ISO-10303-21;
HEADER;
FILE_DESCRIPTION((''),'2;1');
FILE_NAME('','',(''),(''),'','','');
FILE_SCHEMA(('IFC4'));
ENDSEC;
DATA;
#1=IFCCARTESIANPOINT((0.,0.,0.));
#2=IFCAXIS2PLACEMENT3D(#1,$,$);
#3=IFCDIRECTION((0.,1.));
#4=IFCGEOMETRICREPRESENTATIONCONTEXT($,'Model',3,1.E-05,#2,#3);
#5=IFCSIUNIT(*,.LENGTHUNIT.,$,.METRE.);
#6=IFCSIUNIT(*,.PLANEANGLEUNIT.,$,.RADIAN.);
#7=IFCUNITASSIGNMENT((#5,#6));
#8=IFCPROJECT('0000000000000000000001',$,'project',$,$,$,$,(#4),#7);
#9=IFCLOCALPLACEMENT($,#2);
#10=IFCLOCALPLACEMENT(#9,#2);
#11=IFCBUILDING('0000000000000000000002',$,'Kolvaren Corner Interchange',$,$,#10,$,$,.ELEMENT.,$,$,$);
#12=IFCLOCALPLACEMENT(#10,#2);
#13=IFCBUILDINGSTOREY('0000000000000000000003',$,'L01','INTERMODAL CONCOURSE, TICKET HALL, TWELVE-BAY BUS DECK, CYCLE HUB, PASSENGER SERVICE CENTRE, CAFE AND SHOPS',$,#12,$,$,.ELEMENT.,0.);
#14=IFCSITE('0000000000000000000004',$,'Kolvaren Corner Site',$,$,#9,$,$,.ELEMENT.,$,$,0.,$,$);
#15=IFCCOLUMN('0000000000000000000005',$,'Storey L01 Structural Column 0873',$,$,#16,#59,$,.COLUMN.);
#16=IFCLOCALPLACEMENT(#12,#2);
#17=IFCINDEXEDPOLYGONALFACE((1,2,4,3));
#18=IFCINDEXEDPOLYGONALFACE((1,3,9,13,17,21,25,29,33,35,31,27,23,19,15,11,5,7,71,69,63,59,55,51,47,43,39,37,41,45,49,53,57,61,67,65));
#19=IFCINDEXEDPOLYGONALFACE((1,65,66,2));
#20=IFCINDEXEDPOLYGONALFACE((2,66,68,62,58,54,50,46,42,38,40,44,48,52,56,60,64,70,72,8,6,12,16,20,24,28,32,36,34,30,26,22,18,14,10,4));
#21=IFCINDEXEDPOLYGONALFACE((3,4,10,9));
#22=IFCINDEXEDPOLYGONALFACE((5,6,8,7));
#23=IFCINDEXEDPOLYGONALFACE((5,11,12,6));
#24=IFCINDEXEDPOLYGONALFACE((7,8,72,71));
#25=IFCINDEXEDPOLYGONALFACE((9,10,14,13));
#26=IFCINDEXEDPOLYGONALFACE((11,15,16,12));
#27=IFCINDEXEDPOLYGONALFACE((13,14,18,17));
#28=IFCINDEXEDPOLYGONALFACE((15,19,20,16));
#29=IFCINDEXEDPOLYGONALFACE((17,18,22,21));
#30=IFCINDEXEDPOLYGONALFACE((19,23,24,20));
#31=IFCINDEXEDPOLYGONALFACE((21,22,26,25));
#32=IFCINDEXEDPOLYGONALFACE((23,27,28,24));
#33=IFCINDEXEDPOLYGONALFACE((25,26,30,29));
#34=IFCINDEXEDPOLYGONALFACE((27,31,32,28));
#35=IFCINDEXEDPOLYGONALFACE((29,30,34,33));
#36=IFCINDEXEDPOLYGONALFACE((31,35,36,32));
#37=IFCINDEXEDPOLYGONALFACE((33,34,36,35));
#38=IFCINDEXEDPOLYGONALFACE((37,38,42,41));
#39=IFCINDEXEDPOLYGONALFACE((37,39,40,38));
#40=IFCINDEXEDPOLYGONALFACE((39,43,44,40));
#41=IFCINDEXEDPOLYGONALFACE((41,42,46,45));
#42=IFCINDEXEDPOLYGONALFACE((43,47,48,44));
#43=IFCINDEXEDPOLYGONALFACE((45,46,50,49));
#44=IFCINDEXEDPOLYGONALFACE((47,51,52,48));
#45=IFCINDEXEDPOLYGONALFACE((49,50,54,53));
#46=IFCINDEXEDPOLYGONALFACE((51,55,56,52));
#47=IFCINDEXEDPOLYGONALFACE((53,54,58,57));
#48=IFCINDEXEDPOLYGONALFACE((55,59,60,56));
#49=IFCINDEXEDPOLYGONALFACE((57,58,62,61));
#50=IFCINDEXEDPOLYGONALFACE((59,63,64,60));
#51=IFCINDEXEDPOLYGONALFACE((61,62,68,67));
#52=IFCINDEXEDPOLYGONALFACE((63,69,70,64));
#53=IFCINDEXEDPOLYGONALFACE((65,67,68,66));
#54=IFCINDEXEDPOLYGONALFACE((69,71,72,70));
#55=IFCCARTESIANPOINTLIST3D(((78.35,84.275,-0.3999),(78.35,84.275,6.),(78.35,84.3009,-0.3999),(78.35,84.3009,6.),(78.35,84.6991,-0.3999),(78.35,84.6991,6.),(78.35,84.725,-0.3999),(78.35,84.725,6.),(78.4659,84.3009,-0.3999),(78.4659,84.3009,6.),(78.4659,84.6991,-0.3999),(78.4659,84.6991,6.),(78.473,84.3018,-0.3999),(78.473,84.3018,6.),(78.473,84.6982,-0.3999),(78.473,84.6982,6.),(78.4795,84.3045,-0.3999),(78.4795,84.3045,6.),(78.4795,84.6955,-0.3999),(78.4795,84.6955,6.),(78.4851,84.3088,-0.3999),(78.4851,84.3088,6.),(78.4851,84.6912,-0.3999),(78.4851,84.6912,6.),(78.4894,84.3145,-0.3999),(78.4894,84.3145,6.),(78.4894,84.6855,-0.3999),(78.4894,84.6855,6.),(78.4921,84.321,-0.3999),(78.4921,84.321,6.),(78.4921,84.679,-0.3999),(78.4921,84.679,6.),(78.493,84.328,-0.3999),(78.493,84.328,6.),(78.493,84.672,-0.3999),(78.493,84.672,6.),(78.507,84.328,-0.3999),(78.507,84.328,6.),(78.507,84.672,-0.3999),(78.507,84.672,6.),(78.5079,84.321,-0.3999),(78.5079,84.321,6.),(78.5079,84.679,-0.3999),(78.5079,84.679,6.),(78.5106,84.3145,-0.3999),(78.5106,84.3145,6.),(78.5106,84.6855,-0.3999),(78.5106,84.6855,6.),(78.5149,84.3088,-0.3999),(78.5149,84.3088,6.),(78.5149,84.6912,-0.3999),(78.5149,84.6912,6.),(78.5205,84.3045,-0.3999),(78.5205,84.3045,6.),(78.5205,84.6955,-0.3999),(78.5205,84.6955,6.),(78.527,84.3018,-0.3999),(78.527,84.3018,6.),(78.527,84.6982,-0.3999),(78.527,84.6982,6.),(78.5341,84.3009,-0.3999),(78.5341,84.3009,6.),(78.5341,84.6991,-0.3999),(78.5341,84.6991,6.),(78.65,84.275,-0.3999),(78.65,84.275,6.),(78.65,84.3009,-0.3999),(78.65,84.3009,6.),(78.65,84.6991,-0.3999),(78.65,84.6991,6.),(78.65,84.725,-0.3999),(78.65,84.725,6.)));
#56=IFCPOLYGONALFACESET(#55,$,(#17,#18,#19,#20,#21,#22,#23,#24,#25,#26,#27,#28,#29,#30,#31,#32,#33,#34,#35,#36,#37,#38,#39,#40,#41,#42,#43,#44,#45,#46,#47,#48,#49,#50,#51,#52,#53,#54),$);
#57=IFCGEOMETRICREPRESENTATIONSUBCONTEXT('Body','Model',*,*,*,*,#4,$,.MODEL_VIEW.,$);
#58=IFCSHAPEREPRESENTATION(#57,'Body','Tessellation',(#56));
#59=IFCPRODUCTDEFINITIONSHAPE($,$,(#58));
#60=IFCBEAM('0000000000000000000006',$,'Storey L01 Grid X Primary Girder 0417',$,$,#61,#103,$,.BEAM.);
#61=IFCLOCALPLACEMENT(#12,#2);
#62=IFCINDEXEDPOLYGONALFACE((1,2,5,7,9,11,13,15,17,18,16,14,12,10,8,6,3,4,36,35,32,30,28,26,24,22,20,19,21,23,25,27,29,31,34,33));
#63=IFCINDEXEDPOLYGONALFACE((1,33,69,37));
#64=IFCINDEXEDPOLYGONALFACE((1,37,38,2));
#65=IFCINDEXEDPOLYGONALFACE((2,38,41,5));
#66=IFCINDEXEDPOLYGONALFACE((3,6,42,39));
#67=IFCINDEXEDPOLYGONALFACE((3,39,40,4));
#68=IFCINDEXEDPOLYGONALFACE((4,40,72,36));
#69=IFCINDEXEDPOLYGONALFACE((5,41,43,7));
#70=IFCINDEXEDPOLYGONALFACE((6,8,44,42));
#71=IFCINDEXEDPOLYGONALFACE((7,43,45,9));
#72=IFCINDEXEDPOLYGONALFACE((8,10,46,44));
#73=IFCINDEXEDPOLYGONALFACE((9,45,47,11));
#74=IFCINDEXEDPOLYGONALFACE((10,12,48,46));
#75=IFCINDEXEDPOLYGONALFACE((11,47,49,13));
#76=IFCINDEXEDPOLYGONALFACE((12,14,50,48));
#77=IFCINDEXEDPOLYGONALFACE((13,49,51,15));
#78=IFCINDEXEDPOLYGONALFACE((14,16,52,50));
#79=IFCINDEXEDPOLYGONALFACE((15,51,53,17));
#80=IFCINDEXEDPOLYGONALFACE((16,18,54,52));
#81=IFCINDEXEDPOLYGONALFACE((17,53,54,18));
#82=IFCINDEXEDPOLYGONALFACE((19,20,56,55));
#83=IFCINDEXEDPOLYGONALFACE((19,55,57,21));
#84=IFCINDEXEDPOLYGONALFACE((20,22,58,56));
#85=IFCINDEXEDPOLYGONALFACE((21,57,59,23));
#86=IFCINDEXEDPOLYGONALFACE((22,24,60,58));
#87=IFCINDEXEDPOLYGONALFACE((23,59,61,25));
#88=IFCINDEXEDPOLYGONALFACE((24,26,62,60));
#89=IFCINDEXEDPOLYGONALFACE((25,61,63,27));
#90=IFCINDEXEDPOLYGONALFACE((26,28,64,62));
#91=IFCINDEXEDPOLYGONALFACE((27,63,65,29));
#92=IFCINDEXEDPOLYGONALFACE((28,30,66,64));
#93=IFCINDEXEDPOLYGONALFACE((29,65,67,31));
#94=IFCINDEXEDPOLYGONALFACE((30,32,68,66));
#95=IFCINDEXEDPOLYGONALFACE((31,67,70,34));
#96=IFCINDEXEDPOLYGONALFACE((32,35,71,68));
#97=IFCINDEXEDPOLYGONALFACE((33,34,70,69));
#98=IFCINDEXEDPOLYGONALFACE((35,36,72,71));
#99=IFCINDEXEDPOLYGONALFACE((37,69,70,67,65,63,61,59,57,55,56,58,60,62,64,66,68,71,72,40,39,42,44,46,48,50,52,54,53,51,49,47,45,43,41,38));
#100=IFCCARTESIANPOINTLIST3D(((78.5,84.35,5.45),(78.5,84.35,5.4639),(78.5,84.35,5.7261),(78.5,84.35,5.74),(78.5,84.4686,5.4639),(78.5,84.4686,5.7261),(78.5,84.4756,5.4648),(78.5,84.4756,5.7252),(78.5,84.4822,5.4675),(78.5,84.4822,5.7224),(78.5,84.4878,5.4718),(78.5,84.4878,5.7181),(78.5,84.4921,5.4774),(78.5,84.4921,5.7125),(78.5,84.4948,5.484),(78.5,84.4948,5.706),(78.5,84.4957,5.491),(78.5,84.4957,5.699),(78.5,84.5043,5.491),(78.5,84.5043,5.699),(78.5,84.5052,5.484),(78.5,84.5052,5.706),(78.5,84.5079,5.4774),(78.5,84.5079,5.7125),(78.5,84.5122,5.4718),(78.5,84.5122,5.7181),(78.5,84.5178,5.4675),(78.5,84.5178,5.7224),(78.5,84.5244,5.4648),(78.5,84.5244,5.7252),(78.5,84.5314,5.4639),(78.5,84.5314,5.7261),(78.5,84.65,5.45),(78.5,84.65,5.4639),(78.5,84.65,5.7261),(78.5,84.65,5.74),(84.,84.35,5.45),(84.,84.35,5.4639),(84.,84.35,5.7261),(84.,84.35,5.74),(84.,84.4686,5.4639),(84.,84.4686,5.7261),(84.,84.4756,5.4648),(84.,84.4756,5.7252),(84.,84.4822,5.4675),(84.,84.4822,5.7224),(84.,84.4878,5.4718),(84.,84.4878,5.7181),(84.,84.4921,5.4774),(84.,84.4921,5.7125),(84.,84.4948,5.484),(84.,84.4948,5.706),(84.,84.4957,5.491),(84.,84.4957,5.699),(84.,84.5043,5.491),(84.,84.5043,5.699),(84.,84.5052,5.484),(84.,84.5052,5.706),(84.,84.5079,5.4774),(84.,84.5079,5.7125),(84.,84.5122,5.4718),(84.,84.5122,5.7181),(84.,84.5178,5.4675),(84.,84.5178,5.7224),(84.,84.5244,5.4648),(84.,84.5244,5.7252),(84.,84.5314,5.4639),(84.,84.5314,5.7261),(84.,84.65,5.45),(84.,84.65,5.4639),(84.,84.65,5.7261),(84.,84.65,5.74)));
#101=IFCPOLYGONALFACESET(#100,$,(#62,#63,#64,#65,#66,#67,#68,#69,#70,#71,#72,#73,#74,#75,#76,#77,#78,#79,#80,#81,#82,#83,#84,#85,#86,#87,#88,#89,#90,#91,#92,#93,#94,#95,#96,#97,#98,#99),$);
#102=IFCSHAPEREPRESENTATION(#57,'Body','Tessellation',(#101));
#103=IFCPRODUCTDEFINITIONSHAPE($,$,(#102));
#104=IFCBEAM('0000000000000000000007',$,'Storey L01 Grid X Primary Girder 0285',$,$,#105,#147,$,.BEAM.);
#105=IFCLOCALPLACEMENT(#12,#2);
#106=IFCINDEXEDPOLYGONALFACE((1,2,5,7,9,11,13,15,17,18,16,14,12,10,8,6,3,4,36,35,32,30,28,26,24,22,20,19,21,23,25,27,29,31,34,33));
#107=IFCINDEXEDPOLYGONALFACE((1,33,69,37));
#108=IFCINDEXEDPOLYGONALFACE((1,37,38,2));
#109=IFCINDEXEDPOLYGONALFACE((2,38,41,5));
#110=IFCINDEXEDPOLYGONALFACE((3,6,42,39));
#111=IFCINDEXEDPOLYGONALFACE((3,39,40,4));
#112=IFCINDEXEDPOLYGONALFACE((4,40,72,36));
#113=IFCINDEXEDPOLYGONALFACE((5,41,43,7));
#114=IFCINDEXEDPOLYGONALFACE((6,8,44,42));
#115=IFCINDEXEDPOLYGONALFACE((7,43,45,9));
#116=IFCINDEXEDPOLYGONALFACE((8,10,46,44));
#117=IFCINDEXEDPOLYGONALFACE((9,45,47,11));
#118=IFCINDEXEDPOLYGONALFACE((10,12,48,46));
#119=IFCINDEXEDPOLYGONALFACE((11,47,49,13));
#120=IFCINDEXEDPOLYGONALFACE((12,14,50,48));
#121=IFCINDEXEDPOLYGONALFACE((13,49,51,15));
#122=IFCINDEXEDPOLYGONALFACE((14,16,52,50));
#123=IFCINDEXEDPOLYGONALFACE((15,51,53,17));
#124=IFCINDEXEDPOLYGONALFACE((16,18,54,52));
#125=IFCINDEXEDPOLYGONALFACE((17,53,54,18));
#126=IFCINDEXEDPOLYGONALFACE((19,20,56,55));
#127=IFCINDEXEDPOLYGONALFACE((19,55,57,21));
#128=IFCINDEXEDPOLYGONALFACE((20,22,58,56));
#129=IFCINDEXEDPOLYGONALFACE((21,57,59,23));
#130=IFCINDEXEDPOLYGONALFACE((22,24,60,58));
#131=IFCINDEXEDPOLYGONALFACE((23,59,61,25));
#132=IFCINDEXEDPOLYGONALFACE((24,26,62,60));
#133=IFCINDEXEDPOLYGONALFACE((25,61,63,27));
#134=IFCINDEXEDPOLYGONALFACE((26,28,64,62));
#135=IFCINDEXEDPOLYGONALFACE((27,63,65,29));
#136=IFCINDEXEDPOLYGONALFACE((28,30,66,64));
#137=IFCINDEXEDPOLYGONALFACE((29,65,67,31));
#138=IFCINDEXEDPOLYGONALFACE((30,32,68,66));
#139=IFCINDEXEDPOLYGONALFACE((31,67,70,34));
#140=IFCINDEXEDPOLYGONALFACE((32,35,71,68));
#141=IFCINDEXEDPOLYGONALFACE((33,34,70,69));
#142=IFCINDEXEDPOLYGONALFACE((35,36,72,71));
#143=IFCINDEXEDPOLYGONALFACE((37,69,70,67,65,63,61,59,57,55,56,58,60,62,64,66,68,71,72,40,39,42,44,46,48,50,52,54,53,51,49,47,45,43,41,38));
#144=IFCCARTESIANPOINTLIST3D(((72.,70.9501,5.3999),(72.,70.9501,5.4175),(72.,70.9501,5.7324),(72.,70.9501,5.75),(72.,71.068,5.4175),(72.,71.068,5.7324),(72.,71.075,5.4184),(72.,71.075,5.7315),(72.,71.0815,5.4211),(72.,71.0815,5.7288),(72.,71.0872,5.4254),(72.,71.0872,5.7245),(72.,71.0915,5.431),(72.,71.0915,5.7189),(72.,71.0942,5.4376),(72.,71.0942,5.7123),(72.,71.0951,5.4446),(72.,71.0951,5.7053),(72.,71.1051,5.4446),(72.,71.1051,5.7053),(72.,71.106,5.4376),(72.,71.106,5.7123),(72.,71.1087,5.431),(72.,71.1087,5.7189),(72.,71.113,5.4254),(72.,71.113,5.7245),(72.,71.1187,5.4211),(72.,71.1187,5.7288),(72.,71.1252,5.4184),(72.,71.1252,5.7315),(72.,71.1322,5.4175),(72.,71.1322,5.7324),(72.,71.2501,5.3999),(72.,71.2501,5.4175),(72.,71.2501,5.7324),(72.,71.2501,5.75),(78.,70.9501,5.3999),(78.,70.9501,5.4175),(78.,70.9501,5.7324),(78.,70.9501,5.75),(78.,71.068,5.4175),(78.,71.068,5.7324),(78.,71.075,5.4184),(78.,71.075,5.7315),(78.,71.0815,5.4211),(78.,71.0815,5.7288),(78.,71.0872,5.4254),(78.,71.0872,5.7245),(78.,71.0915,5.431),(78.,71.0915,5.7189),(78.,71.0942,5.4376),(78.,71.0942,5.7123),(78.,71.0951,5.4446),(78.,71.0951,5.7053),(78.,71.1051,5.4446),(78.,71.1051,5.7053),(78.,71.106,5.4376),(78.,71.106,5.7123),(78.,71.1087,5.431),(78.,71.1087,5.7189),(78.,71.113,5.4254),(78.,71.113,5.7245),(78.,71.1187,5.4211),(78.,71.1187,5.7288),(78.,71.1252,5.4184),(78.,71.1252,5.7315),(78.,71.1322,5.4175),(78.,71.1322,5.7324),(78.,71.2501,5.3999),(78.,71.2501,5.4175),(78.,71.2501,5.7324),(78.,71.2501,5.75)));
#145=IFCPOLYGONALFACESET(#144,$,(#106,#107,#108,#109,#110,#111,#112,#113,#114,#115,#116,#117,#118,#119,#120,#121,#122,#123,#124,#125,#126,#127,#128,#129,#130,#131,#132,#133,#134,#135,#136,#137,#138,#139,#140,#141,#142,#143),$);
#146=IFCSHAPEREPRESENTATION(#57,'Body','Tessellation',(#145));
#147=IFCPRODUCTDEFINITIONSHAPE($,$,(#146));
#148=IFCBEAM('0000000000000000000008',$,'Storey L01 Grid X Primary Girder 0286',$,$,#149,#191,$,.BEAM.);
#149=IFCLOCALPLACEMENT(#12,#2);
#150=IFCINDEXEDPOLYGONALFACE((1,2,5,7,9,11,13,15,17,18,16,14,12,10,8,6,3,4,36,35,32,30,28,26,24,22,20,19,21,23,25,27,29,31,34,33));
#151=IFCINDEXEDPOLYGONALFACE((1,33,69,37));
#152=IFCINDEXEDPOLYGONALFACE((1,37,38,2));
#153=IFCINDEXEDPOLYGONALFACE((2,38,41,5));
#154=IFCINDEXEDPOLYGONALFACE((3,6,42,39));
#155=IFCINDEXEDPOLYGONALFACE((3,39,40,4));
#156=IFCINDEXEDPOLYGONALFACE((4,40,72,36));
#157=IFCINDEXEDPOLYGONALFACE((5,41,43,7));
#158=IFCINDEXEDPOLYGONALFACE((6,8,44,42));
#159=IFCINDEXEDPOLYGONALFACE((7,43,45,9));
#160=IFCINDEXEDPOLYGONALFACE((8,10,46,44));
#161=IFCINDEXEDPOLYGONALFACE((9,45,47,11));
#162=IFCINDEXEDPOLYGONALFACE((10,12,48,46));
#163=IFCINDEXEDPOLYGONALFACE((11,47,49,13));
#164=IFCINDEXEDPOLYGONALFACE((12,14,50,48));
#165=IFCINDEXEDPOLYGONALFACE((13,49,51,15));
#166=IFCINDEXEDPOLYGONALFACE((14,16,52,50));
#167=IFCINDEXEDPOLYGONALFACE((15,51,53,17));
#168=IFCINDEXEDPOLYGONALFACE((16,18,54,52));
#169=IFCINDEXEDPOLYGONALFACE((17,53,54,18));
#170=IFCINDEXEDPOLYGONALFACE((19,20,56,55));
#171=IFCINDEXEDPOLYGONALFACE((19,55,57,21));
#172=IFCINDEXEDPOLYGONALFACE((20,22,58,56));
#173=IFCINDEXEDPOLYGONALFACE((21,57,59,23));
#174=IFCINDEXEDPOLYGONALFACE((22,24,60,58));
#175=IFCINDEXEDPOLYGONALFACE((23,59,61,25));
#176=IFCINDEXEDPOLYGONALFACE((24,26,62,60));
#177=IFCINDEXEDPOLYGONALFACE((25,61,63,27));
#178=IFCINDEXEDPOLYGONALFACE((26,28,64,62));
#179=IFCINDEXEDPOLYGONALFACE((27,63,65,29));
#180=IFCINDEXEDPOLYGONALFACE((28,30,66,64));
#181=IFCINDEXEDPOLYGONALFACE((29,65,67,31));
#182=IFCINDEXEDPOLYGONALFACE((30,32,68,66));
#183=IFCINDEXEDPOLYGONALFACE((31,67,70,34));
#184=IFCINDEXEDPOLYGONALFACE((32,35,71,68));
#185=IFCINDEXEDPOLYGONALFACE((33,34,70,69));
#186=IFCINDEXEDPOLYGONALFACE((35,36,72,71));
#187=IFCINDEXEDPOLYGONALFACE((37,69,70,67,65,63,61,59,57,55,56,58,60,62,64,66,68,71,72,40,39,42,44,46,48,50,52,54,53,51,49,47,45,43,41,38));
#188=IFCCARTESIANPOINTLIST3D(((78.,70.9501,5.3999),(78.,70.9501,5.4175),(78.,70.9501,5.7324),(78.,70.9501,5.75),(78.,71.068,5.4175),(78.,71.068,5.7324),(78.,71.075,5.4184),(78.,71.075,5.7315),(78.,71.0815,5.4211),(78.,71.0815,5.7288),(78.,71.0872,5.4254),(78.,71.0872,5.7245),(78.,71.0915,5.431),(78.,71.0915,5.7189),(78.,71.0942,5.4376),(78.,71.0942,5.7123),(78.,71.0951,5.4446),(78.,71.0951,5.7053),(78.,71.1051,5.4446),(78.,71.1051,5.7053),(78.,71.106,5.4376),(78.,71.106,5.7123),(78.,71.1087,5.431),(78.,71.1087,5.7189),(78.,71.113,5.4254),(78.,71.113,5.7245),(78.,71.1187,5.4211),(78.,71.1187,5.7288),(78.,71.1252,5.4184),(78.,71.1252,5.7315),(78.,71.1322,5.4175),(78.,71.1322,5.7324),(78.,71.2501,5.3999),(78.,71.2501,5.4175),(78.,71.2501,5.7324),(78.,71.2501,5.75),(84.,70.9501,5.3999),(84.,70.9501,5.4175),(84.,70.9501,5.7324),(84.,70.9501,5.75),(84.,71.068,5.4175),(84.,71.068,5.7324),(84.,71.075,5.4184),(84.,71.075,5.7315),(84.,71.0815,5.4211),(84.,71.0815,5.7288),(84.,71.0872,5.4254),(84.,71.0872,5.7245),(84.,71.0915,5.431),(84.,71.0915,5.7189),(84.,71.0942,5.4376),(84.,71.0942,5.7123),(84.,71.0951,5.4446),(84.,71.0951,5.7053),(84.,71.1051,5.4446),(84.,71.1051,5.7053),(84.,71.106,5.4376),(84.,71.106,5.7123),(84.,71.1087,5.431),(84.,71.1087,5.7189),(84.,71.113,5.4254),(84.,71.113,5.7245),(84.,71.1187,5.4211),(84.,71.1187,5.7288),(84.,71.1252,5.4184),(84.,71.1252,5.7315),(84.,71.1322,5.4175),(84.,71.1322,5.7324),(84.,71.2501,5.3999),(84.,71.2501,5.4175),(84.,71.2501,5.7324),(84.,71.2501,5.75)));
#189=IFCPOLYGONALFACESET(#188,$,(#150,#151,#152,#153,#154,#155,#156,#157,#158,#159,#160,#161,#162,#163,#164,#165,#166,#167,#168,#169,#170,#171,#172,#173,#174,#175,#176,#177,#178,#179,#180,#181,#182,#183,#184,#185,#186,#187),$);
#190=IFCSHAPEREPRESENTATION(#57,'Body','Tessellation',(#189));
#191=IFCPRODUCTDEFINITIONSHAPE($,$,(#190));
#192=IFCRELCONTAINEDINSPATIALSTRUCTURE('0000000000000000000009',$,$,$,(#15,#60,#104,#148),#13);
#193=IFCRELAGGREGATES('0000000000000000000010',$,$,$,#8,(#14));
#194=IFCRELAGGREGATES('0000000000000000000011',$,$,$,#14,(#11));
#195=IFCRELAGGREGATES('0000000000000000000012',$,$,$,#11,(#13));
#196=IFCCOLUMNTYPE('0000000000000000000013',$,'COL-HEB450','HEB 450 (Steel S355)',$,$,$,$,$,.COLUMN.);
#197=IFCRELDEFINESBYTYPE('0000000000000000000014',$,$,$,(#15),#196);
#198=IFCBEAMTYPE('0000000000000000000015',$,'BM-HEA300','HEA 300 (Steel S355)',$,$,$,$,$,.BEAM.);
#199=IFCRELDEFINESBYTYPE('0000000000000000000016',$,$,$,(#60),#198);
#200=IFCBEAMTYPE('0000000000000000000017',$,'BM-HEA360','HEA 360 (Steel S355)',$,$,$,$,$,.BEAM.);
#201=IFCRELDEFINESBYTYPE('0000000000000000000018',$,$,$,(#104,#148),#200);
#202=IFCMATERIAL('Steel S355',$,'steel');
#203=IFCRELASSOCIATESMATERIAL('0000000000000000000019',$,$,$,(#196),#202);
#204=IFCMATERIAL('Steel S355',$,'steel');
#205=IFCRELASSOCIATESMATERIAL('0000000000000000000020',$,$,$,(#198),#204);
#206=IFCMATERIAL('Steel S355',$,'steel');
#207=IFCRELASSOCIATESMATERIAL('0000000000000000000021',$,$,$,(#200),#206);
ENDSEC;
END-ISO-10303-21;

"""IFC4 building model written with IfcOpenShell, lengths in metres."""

from ifc_helpers import new_model, si_unit, direction, frame, origin, origin_2d, place, context, subcontext, project, spatial, i_section, extrude, material, material_profile, profile_set, type_object, element, save


model = new_model("IFC4")

# Units and contexts
model_context = context("Model", 3, precision=1e-05, world=origin(), true_north=direction((0.0, 1.0)))
body_context = subcontext(model_context, "Body", "Model", "MODEL_VIEW")
ifc_project = project(units=[si_unit("LENGTHUNIT", "METRE"), si_unit("PLANEANGLEUNIT", "RADIAN")], contexts=[model_context])

# Site, building, storey
site_placement = place(None, origin())
site = spatial("IfcSite", under=ifc_project, at=site_placement, Name="Kolvaren Corner Site", CompositionType="ELEMENT", RefElevation=0.0)
building_placement = place(site_placement, origin())
building = spatial("IfcBuilding", under=site, at=building_placement, Name="Kolvaren Corner Interchange", CompositionType="ELEMENT")
storey_placement = place(building_placement, origin())
storey = spatial("IfcBuildingStorey", under=building, at=storey_placement, Name="L01", Description="INTERMODAL CONCOURSE, TICKET HALL, TWELVE-BAY BUS DECK, CYCLE HUB, PASSENGER SERVICE CENTRE, CAFE AND SHOPS", CompositionType="ELEMENT", Elevation=0.0)

# Column
ifc_material_1 = material(Name="Steel S355", Category="steel")
ifc_material_profile_1 = material_profile(ifc_material_1, i_section(OverallWidth=0.3, OverallDepth=0.45, WebThickness=0.0139, FlangeThickness=0.0259, FilletRadius=0.0271, at=origin_2d()), Name="HEB 450")
ifc_profile_set_1 = profile_set([ifc_material_profile_1], Name="Steel S355")
column_type_1 = type_object("IfcColumnType", Name="COL-HEB450", Description="HEB 450 (Steel S355)", PredefinedType="COLUMN", material=ifc_profile_set_1)
for number, where, z_axis, x_axis, name in (
    (1, (78.5, 84.5, -0.3999), (0.0, 0.0, 1.0), (1.0, 0.0, 0.0), "Storey L01 Structural Column 0873"),
):
    element("IfcColumn", number, at=place(storey_placement, frame(where, z_axis=z_axis, x_axis=x_axis)), inside=storey, type_object=column_type_1, Name=name, PredefinedType="COLUMN", context=body_context, shape_type="SweptSolid", body=[
        extrude(i_section(OverallWidth=0.3, OverallDepth=0.45, WebThickness=0.0139, FlangeThickness=0.0259, FilletRadius=0.0271, at=origin_2d()), origin(), (0.0, 0.0, 1.0), 6.3999),
    ])

# Beams
ifc_material_2 = material(Name="Steel S355", Category="steel")
ifc_material_profile_2 = material_profile(ifc_material_2, i_section(OverallWidth=0.3, OverallDepth=0.29, WebThickness=0.0085, FlangeThickness=0.0139, FilletRadius=0.0271, at=origin_2d()), Name="HEA 300")
ifc_profile_set_2 = profile_set([ifc_material_profile_2], Name="Steel S355")
beam_type_1 = type_object("IfcBeamType", Name="BM-HEA300", Description="HEA 300 (Steel S355)", PredefinedType="BEAM", material=ifc_profile_set_2)
beam_1_placement = place(storey_placement, frame((78.5, 84.5, 5.595), z_axis=(1.0, 0.0, 0.0), x_axis=(0.0, 1.0, 0.0)))
element("IfcBeam", 2, at=beam_1_placement, inside=storey, type_object=beam_type_1, Name="Storey L01 Grid X Primary Girder 0417", PredefinedType="BEAM", context=body_context, shape_type="SweptSolid", body=[
    extrude(i_section(OverallWidth=0.3, OverallDepth=0.29, WebThickness=0.0085, FlangeThickness=0.0139, FilletRadius=0.0271, at=origin_2d()), origin(), (0.0, 0.0, 1.0), 5.5),
])
ifc_material_3 = material(Name="Steel S355", Category="steel")
ifc_material_profile_3 = material_profile(ifc_material_3, i_section(OverallWidth=0.3, OverallDepth=0.3501, WebThickness=0.01, FlangeThickness=0.0176, FilletRadius=0.0271, at=origin_2d()), Name="HEA 360")
ifc_profile_set_3 = profile_set([ifc_material_profile_3], Name="Steel S355")
beam_type_2 = type_object("IfcBeamType", Name="BM-HEA360", Description="HEA 360 (Steel S355)", PredefinedType="BEAM", material=ifc_profile_set_3)
for number, where, z_axis, x_axis, name in (
    (3, (72.0, 71.1001, 5.575), (1.0, 0.0, 0.0), (0.0, 1.0, 0.0), "Storey L01 Grid X Primary Girder 0285"),
    (4, (78.0, 71.1001, 5.575), (1.0, 0.0, 0.0), (0.0, 1.0, 0.0), "Storey L01 Grid X Primary Girder 0286"),
):
    element("IfcBeam", number, at=place(storey_placement, frame(where, z_axis=z_axis, x_axis=x_axis)), inside=storey, type_object=beam_type_2, Name=name, PredefinedType="BEAM", context=body_context, shape_type="SweptSolid", body=[
        extrude(i_section(OverallWidth=0.3, OverallDepth=0.3501, WebThickness=0.01, FlangeThickness=0.0176, FilletRadius=0.0271, at=origin_2d()), origin(), (0.0, 0.0, 1.0), 6.0),
    ])

save(model, "model.ifc")
